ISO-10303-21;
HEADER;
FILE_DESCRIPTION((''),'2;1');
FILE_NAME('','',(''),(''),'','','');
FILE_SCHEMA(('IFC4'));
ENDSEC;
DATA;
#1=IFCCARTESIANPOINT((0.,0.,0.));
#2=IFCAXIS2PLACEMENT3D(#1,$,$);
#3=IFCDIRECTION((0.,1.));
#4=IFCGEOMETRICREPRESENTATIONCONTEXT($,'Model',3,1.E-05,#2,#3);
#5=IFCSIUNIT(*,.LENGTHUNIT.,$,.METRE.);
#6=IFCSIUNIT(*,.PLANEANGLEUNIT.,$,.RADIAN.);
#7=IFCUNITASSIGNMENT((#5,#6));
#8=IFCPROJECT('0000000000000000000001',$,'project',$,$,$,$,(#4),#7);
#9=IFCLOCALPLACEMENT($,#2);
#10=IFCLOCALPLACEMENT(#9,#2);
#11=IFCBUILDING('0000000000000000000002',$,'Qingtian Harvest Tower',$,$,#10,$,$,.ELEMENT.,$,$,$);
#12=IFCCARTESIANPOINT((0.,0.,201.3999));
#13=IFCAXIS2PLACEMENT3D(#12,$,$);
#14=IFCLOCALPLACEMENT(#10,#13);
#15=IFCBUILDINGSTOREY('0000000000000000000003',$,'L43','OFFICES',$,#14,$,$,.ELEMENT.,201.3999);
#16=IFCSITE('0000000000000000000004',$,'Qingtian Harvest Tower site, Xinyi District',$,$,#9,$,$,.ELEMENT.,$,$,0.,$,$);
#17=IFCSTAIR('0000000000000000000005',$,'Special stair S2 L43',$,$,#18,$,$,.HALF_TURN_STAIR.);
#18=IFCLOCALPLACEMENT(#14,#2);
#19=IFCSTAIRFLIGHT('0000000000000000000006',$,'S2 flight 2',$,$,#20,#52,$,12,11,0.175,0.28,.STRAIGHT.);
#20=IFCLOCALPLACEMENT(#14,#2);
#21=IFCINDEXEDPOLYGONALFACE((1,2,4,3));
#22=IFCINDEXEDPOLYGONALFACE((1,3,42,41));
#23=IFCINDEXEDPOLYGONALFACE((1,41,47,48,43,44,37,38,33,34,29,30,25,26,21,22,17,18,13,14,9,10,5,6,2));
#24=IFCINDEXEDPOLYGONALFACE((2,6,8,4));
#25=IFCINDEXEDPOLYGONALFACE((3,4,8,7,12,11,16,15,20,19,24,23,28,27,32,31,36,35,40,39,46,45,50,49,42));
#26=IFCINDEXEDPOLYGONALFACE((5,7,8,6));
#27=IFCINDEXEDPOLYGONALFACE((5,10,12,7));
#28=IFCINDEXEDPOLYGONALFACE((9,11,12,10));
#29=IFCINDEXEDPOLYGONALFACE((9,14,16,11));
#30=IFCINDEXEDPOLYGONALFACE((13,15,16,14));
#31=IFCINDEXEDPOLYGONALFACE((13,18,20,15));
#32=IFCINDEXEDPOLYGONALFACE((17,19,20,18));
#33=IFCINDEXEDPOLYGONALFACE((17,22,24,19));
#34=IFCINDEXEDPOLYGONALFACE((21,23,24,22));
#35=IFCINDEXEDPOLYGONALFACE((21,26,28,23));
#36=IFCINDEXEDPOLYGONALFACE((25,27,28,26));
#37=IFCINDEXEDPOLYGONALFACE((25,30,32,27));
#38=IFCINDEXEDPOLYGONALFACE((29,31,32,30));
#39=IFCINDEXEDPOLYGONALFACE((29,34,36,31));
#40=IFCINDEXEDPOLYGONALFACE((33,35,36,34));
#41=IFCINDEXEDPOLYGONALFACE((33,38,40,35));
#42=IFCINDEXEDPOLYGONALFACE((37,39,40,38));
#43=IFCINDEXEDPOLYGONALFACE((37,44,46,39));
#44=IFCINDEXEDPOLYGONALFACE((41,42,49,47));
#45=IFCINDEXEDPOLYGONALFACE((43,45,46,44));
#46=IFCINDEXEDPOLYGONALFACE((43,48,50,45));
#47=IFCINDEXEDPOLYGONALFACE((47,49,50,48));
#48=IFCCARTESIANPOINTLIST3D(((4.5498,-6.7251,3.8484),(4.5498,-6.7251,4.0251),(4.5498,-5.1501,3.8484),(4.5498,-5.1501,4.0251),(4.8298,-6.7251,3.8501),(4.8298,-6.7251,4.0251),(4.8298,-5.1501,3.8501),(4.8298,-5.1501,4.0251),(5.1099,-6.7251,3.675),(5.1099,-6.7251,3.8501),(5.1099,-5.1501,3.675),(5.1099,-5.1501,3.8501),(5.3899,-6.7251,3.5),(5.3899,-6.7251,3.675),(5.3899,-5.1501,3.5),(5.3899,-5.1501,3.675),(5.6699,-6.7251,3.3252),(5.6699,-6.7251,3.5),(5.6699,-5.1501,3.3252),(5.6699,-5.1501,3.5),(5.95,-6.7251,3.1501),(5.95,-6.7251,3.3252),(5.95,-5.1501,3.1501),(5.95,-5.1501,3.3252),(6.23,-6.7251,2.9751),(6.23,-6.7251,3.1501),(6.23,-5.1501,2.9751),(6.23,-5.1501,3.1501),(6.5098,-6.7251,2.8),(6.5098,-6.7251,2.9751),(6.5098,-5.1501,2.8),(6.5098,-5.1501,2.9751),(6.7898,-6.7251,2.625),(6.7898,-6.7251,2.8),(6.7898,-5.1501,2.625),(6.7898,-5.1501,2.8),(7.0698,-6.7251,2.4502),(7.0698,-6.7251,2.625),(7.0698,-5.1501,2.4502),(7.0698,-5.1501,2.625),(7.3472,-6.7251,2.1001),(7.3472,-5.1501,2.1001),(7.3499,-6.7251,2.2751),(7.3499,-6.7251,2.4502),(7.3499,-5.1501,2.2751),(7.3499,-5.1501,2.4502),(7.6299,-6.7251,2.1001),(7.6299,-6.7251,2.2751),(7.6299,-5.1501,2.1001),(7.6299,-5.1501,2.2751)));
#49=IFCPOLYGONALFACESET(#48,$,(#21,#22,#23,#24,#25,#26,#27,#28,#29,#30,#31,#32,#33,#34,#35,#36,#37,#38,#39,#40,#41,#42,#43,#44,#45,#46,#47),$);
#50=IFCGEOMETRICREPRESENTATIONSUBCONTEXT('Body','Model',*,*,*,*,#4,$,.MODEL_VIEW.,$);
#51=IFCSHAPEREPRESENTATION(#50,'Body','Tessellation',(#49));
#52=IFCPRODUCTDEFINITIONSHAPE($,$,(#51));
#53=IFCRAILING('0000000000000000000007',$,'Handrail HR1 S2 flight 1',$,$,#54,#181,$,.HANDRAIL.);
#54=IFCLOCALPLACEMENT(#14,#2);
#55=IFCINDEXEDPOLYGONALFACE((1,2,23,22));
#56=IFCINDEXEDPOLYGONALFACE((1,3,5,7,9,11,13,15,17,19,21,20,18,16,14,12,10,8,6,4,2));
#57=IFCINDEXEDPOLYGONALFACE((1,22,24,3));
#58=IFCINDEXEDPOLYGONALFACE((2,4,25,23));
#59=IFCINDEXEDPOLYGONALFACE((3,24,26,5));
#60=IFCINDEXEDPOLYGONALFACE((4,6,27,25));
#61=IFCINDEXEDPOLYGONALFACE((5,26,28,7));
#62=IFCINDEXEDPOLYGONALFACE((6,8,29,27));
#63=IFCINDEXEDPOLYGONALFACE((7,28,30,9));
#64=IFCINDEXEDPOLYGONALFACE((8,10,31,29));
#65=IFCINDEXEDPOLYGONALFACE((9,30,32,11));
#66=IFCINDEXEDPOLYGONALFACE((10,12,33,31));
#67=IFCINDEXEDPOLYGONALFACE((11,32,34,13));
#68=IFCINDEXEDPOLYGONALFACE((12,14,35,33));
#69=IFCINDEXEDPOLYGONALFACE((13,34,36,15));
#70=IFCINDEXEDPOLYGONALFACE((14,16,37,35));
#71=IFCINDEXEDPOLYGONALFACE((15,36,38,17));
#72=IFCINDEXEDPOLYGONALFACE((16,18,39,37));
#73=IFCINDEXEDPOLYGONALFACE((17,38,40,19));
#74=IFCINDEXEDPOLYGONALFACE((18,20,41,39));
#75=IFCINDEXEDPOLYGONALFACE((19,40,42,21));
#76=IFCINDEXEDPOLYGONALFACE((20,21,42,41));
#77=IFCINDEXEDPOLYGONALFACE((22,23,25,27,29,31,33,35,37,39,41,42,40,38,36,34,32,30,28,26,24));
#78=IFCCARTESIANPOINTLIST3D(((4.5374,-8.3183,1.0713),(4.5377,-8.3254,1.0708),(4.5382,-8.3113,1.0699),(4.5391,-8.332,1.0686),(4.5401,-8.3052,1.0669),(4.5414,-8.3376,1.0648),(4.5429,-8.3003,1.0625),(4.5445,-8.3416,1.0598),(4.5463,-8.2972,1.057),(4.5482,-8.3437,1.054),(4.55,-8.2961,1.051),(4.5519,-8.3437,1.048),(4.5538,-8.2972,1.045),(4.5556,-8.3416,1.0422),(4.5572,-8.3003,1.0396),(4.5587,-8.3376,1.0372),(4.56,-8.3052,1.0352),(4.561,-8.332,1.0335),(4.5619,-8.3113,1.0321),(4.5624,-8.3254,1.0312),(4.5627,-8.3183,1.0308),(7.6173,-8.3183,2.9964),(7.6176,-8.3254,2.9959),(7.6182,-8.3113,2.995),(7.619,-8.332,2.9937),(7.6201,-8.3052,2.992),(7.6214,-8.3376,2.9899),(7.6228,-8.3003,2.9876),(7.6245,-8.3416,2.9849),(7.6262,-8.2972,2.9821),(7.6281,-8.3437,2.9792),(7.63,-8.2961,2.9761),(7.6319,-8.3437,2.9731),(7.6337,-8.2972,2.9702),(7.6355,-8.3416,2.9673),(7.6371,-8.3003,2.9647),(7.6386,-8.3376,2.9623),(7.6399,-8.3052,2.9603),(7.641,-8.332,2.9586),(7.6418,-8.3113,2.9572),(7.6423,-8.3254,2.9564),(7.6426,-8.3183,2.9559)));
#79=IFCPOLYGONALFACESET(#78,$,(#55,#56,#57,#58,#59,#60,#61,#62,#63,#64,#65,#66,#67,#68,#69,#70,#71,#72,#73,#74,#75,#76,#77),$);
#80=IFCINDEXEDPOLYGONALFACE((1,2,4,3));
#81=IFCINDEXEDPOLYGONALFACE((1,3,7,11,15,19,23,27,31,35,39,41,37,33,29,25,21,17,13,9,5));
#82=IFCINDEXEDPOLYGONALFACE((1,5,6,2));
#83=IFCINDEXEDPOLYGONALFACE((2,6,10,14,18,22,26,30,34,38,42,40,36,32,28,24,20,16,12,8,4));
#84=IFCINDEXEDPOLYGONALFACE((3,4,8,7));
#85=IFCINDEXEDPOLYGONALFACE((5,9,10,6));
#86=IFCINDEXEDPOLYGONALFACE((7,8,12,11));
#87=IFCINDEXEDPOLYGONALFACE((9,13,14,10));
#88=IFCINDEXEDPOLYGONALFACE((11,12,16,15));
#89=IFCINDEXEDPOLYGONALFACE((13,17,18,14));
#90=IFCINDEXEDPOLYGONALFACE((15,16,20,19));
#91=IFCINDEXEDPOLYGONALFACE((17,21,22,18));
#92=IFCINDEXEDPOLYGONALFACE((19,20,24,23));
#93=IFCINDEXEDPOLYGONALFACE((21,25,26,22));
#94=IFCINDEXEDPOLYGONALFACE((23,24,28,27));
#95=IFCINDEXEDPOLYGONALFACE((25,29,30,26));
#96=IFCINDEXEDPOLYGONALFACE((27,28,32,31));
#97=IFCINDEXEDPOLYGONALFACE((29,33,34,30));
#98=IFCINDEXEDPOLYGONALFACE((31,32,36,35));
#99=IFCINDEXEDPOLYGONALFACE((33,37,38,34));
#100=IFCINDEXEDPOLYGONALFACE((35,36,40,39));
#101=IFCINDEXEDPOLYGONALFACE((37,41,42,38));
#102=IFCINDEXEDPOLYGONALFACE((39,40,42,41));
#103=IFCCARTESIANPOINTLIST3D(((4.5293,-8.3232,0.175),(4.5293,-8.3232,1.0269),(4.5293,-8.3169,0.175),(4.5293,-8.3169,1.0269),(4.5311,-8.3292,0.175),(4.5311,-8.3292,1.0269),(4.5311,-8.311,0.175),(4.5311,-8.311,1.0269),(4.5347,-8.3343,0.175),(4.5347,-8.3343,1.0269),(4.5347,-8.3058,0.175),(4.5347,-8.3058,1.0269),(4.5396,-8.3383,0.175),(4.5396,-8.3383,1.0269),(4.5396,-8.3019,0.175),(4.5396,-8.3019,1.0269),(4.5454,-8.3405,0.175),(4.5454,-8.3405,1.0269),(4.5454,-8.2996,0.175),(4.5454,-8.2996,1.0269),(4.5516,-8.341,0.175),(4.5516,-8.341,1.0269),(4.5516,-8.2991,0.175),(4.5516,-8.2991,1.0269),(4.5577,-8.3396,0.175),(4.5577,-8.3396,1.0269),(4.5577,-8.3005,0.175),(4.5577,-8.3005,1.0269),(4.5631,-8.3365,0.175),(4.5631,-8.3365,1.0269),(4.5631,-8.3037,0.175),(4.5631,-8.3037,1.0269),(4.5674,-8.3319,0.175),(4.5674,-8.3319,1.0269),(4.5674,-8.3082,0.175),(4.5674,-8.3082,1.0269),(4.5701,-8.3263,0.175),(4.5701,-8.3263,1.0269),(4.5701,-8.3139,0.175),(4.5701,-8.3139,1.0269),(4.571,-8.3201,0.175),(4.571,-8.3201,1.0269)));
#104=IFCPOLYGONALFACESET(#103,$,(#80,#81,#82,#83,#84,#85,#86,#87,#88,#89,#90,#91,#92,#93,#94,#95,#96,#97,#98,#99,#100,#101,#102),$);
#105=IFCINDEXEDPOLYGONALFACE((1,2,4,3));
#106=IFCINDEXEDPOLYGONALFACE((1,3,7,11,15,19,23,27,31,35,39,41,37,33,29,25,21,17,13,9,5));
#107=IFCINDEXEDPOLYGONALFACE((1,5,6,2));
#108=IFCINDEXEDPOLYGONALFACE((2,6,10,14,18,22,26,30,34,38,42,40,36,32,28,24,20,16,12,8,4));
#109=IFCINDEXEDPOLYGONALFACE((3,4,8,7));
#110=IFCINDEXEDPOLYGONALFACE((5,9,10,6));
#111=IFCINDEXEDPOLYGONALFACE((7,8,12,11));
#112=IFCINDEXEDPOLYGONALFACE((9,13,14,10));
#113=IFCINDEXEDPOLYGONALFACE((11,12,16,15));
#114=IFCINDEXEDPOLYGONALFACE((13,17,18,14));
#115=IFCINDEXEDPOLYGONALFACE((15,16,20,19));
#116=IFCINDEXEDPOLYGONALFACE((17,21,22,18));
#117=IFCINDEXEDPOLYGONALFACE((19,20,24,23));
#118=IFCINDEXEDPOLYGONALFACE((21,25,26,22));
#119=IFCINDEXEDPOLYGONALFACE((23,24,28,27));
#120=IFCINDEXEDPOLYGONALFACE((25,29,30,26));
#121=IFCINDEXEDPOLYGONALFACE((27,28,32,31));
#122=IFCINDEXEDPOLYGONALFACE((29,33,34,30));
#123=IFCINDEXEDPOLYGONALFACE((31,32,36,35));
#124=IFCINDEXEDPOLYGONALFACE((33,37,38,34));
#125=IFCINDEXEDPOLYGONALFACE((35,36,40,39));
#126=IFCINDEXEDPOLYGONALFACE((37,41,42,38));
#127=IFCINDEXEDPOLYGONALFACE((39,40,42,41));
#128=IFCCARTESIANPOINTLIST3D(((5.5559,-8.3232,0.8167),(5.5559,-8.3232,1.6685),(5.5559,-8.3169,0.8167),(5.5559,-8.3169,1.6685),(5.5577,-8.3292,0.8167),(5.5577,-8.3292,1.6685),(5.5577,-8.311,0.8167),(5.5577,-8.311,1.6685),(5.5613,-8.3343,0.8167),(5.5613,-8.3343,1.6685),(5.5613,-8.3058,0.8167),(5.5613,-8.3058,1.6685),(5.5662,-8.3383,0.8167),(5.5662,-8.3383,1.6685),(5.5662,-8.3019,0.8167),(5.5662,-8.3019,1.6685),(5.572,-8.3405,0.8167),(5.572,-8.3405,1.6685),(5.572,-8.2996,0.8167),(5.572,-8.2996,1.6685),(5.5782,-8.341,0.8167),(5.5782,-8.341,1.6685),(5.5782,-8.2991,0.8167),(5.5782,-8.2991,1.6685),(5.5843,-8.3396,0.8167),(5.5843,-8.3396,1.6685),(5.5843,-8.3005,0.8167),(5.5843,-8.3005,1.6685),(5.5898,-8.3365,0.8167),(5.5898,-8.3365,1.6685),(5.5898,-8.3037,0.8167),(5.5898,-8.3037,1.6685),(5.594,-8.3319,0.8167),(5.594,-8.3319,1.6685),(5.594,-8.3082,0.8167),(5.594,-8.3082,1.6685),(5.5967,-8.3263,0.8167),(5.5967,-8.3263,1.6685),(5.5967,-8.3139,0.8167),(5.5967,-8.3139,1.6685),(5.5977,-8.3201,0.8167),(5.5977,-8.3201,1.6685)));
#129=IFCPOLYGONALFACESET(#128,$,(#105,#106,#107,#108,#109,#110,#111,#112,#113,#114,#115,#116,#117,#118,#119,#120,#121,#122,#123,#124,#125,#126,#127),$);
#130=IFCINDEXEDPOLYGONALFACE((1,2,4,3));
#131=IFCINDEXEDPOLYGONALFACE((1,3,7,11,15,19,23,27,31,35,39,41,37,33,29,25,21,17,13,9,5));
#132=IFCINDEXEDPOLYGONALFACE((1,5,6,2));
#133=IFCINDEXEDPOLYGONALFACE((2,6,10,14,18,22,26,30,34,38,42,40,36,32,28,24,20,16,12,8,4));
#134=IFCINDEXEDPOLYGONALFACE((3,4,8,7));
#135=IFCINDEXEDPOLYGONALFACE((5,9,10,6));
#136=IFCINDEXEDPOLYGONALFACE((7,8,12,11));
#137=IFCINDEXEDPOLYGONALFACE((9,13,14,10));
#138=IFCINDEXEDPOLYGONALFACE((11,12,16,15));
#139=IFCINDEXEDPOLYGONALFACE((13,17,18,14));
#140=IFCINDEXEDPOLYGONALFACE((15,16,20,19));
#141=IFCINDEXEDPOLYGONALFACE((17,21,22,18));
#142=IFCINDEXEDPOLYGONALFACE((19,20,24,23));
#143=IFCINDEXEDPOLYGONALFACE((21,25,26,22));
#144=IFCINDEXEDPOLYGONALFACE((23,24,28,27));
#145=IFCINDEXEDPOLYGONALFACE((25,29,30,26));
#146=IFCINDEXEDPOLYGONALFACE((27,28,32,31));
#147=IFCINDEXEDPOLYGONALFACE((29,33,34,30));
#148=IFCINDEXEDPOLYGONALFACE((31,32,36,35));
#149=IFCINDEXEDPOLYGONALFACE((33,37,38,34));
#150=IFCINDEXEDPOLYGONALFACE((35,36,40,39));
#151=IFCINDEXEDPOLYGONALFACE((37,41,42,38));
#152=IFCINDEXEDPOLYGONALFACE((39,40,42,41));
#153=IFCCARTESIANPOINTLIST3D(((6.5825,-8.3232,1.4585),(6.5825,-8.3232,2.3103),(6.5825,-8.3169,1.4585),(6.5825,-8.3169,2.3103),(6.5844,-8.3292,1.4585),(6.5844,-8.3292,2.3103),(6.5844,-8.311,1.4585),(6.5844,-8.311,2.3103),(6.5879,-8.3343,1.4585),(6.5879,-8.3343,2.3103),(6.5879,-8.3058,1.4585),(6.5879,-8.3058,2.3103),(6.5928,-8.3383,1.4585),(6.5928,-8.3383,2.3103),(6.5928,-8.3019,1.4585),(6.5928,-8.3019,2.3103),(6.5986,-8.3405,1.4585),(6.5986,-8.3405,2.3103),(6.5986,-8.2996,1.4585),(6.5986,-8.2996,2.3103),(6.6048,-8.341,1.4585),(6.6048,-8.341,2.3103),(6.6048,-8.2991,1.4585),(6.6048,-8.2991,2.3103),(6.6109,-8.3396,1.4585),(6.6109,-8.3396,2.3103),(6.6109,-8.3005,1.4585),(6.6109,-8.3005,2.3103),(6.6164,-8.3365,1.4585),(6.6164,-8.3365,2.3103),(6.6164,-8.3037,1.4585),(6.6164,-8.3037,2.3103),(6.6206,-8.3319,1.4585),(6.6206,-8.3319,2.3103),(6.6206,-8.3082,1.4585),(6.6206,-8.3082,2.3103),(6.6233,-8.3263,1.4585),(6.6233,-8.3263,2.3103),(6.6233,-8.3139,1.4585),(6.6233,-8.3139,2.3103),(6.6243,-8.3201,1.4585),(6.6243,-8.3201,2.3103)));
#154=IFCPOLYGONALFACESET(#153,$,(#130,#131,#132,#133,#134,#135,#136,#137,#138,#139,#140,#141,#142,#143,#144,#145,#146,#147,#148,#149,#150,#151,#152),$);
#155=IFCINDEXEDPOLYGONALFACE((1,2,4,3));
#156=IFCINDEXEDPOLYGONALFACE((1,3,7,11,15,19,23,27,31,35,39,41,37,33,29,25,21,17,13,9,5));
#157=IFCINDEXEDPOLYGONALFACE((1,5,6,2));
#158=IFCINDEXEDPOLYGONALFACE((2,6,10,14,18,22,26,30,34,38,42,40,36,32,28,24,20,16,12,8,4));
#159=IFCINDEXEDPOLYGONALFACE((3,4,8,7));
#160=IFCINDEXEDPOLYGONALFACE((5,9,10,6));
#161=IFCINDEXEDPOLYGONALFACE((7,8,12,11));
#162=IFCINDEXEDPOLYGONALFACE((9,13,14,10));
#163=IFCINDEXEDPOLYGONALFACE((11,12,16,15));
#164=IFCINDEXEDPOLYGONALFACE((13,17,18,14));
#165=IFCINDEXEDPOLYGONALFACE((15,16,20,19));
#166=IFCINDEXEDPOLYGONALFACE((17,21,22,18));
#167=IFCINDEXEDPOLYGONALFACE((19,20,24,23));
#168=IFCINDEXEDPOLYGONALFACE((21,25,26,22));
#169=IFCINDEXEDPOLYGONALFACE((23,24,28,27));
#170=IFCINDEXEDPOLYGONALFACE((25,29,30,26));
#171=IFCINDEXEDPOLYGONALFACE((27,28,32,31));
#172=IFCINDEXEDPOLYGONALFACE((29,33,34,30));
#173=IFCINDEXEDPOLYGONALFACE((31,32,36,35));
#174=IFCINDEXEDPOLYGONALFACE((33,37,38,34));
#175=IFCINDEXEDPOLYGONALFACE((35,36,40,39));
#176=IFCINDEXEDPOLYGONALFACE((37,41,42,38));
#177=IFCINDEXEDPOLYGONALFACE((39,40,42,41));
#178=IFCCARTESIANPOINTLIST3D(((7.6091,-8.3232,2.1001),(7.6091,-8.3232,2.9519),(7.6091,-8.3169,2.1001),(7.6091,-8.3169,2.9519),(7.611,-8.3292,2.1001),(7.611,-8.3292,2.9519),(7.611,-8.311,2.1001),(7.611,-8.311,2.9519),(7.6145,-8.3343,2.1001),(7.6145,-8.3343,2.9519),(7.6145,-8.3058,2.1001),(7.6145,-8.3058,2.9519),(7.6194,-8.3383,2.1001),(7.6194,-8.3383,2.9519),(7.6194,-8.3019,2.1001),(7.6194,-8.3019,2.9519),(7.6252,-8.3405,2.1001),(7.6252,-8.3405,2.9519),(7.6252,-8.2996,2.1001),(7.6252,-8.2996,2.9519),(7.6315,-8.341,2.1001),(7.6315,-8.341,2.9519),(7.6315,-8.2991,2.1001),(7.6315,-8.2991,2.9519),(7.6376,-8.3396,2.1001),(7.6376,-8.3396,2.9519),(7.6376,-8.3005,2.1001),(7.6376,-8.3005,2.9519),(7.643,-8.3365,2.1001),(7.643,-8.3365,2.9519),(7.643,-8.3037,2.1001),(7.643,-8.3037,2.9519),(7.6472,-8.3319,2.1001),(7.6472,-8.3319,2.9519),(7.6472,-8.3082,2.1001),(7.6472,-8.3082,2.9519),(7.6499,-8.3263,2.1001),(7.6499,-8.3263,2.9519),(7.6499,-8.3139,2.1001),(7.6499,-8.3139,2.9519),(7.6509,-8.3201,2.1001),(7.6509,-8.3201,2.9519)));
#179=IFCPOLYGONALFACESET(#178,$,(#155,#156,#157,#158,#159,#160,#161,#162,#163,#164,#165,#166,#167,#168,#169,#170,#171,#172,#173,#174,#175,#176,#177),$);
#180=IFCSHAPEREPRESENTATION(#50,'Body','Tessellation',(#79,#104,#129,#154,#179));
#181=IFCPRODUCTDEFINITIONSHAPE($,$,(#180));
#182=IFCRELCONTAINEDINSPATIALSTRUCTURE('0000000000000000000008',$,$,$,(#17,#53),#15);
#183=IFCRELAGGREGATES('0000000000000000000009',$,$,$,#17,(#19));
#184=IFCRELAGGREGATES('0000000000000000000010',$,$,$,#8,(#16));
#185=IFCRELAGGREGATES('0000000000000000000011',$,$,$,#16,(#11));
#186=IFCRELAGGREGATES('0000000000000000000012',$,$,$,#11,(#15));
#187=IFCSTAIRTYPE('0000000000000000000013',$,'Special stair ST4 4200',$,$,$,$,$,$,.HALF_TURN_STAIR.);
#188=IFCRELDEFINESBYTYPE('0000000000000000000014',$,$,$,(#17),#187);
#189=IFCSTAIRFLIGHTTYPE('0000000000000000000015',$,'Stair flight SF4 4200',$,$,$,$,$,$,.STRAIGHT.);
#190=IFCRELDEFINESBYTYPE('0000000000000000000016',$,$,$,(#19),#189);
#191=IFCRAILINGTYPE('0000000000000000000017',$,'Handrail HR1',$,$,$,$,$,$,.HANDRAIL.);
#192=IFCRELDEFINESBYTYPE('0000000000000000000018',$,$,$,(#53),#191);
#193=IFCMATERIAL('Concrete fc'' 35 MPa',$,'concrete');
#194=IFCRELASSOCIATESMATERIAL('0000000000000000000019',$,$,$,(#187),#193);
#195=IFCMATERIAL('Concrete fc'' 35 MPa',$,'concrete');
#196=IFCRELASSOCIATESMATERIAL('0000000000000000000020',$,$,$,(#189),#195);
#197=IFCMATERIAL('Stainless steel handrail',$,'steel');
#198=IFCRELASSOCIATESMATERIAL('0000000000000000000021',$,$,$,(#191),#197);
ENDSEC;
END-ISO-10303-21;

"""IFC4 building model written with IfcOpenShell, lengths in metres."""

from ifc_helpers import new_model, si_unit, direction, frame, origin, origin_2d, place, context, subcontext, project, spatial, polyline, circle, outline, extrude, material, type_object, element, aggregate, save


model = new_model("IFC4")

# Units and contexts
model_context = context("Model", 3, precision=1e-05, world=origin(), true_north=direction((0.0, 1.0)))
body_context = subcontext(model_context, "Body", "Model", "MODEL_VIEW")
ifc_project = project(units=[si_unit("LENGTHUNIT", "METRE"), si_unit("PLANEANGLEUNIT", "RADIAN")], contexts=[model_context])

# Site, building, storey
site_placement = place(None, origin())
site = spatial("IfcSite", under=ifc_project, at=site_placement, Name="Qingtian Harvest Tower site, Xinyi District", CompositionType="ELEMENT", RefElevation=0.0)
building_placement = place(site_placement, origin())
building = spatial("IfcBuilding", under=site, at=building_placement, Name="Qingtian Harvest Tower", CompositionType="ELEMENT")
storey_placement = place(building_placement, frame((0.0, 0.0, 201.3999)))
storey = spatial("IfcBuildingStorey", under=building, at=storey_placement, Name="L43", Description="OFFICES", CompositionType="ELEMENT", Elevation=201.3999)

# Stair, stair flight
ifc_material_1 = material(Name="Concrete fc' 35 MPa", Category="concrete")
stair_type = type_object("IfcStairType", Name="Special stair ST4 4200", PredefinedType="HALF_TURN_STAIR", material=ifc_material_1)
stair_placement = place(storey_placement, origin())
stair = element("IfcStair", 1, at=stair_placement, inside=storey, type_object=stair_type, Name="Special stair S2 L43", PredefinedType="HALF_TURN_STAIR")
ifc_material_2 = material(Name="Concrete fc' 35 MPa", Category="concrete")
stair_flight_type = type_object("IfcStairFlightType", Name="Stair flight SF4 4200", PredefinedType="STRAIGHT", material=ifc_material_2)
stair_flight_1_placement = place(storey_placement, frame((7.6299, -5.9375, 2.1001), z_axis=(0.0, 0.0, 1.0), x_axis=(-1.0, 0.0, 0.0)))
stair_flight_1 = element("IfcStairFlight", 2, at=stair_flight_1_placement, type_object=stair_flight_type, Name="S2 flight 2", NumberOfRisers=12, NumberOfTreads=11, PredefinedType="STRAIGHT", RiserHeight=0.175, TreadLength=0.28, context=body_context, shape_type="SweptSolid", body=[
    extrude(outline(polyline([(0.0, 0.0), (0.0, 0.175), (0.28, 0.175), (0.28, 0.3501), (0.5601, 0.3501), (0.5601, 0.5249), (0.8401, 0.5249), (0.8401, 0.7), (1.1201, 0.7), (1.1201, 0.875), (1.3999, 0.875), (1.3999, 1.05), (1.6799, 1.05), (1.6799, 1.2251), (1.96, 1.2251), (1.96, 1.3999), (2.24, 1.3999), (2.24, 1.575), (2.52, 1.575), (2.52, 1.75), (2.8, 1.75), (2.8, 1.925), (3.0801, 1.925), (3.0801, 2.1001), (3.0801, 1.7483), (0.2827, 0.0), (0.0, 0.0)])), frame((0.0, 0.7876, 0.0), z_axis=(0.0, -1.0, 0.0), x_axis=(1.0, 0.0, 0.0)), (0.0, 0.0, 1.0), 1.575),
])
aggregate(stair, [stair_flight_1])

# Railing
ifc_material_3 = material(Name="Stainless steel handrail", Category="steel")
railing_type = type_object("IfcRailingType", Name="Handrail HR1", PredefinedType="HANDRAIL", material=ifc_material_3)
railing_1_placement = place(storey_placement, frame((4.55, -8.3201, 0.175)))
element("IfcRailing", 3, at=railing_1_placement, inside=storey, type_object=railing_type, Name="Handrail HR1 S2 flight 1", PredefinedType="HANDRAIL", context=body_context, shape_type="SweptSolid", body=[
    extrude(circle(Radius=0.0239, at=origin_2d()), frame((0.0, 0.0, 0.876), z_axis=(0.847979, 0.0, 0.530029), x_axis=(0.0, 1.0, 0.0)), (0.0, 0.0, 1.0), 3.6321),
    extrude(circle(Radius=0.021, at=origin_2d()), origin(), (0.0, 0.0, 1.0), 0.8518),
    extrude(circle(Radius=0.021, at=origin_2d()), frame((1.0266, 0.0, 0.6416)), (0.0, 0.0, 1.0), 0.8518),
    extrude(circle(Radius=0.021, at=origin_2d()), frame((2.0532, 0.0, 1.2834)), (0.0, 0.0, 1.0), 0.8518),
    extrude(circle(Radius=0.021, at=origin_2d()), frame((3.0798, 0.0, 1.925)), (0.0, 0.0, 1.0), 0.8518),
])

save(model, "model.ifc")
